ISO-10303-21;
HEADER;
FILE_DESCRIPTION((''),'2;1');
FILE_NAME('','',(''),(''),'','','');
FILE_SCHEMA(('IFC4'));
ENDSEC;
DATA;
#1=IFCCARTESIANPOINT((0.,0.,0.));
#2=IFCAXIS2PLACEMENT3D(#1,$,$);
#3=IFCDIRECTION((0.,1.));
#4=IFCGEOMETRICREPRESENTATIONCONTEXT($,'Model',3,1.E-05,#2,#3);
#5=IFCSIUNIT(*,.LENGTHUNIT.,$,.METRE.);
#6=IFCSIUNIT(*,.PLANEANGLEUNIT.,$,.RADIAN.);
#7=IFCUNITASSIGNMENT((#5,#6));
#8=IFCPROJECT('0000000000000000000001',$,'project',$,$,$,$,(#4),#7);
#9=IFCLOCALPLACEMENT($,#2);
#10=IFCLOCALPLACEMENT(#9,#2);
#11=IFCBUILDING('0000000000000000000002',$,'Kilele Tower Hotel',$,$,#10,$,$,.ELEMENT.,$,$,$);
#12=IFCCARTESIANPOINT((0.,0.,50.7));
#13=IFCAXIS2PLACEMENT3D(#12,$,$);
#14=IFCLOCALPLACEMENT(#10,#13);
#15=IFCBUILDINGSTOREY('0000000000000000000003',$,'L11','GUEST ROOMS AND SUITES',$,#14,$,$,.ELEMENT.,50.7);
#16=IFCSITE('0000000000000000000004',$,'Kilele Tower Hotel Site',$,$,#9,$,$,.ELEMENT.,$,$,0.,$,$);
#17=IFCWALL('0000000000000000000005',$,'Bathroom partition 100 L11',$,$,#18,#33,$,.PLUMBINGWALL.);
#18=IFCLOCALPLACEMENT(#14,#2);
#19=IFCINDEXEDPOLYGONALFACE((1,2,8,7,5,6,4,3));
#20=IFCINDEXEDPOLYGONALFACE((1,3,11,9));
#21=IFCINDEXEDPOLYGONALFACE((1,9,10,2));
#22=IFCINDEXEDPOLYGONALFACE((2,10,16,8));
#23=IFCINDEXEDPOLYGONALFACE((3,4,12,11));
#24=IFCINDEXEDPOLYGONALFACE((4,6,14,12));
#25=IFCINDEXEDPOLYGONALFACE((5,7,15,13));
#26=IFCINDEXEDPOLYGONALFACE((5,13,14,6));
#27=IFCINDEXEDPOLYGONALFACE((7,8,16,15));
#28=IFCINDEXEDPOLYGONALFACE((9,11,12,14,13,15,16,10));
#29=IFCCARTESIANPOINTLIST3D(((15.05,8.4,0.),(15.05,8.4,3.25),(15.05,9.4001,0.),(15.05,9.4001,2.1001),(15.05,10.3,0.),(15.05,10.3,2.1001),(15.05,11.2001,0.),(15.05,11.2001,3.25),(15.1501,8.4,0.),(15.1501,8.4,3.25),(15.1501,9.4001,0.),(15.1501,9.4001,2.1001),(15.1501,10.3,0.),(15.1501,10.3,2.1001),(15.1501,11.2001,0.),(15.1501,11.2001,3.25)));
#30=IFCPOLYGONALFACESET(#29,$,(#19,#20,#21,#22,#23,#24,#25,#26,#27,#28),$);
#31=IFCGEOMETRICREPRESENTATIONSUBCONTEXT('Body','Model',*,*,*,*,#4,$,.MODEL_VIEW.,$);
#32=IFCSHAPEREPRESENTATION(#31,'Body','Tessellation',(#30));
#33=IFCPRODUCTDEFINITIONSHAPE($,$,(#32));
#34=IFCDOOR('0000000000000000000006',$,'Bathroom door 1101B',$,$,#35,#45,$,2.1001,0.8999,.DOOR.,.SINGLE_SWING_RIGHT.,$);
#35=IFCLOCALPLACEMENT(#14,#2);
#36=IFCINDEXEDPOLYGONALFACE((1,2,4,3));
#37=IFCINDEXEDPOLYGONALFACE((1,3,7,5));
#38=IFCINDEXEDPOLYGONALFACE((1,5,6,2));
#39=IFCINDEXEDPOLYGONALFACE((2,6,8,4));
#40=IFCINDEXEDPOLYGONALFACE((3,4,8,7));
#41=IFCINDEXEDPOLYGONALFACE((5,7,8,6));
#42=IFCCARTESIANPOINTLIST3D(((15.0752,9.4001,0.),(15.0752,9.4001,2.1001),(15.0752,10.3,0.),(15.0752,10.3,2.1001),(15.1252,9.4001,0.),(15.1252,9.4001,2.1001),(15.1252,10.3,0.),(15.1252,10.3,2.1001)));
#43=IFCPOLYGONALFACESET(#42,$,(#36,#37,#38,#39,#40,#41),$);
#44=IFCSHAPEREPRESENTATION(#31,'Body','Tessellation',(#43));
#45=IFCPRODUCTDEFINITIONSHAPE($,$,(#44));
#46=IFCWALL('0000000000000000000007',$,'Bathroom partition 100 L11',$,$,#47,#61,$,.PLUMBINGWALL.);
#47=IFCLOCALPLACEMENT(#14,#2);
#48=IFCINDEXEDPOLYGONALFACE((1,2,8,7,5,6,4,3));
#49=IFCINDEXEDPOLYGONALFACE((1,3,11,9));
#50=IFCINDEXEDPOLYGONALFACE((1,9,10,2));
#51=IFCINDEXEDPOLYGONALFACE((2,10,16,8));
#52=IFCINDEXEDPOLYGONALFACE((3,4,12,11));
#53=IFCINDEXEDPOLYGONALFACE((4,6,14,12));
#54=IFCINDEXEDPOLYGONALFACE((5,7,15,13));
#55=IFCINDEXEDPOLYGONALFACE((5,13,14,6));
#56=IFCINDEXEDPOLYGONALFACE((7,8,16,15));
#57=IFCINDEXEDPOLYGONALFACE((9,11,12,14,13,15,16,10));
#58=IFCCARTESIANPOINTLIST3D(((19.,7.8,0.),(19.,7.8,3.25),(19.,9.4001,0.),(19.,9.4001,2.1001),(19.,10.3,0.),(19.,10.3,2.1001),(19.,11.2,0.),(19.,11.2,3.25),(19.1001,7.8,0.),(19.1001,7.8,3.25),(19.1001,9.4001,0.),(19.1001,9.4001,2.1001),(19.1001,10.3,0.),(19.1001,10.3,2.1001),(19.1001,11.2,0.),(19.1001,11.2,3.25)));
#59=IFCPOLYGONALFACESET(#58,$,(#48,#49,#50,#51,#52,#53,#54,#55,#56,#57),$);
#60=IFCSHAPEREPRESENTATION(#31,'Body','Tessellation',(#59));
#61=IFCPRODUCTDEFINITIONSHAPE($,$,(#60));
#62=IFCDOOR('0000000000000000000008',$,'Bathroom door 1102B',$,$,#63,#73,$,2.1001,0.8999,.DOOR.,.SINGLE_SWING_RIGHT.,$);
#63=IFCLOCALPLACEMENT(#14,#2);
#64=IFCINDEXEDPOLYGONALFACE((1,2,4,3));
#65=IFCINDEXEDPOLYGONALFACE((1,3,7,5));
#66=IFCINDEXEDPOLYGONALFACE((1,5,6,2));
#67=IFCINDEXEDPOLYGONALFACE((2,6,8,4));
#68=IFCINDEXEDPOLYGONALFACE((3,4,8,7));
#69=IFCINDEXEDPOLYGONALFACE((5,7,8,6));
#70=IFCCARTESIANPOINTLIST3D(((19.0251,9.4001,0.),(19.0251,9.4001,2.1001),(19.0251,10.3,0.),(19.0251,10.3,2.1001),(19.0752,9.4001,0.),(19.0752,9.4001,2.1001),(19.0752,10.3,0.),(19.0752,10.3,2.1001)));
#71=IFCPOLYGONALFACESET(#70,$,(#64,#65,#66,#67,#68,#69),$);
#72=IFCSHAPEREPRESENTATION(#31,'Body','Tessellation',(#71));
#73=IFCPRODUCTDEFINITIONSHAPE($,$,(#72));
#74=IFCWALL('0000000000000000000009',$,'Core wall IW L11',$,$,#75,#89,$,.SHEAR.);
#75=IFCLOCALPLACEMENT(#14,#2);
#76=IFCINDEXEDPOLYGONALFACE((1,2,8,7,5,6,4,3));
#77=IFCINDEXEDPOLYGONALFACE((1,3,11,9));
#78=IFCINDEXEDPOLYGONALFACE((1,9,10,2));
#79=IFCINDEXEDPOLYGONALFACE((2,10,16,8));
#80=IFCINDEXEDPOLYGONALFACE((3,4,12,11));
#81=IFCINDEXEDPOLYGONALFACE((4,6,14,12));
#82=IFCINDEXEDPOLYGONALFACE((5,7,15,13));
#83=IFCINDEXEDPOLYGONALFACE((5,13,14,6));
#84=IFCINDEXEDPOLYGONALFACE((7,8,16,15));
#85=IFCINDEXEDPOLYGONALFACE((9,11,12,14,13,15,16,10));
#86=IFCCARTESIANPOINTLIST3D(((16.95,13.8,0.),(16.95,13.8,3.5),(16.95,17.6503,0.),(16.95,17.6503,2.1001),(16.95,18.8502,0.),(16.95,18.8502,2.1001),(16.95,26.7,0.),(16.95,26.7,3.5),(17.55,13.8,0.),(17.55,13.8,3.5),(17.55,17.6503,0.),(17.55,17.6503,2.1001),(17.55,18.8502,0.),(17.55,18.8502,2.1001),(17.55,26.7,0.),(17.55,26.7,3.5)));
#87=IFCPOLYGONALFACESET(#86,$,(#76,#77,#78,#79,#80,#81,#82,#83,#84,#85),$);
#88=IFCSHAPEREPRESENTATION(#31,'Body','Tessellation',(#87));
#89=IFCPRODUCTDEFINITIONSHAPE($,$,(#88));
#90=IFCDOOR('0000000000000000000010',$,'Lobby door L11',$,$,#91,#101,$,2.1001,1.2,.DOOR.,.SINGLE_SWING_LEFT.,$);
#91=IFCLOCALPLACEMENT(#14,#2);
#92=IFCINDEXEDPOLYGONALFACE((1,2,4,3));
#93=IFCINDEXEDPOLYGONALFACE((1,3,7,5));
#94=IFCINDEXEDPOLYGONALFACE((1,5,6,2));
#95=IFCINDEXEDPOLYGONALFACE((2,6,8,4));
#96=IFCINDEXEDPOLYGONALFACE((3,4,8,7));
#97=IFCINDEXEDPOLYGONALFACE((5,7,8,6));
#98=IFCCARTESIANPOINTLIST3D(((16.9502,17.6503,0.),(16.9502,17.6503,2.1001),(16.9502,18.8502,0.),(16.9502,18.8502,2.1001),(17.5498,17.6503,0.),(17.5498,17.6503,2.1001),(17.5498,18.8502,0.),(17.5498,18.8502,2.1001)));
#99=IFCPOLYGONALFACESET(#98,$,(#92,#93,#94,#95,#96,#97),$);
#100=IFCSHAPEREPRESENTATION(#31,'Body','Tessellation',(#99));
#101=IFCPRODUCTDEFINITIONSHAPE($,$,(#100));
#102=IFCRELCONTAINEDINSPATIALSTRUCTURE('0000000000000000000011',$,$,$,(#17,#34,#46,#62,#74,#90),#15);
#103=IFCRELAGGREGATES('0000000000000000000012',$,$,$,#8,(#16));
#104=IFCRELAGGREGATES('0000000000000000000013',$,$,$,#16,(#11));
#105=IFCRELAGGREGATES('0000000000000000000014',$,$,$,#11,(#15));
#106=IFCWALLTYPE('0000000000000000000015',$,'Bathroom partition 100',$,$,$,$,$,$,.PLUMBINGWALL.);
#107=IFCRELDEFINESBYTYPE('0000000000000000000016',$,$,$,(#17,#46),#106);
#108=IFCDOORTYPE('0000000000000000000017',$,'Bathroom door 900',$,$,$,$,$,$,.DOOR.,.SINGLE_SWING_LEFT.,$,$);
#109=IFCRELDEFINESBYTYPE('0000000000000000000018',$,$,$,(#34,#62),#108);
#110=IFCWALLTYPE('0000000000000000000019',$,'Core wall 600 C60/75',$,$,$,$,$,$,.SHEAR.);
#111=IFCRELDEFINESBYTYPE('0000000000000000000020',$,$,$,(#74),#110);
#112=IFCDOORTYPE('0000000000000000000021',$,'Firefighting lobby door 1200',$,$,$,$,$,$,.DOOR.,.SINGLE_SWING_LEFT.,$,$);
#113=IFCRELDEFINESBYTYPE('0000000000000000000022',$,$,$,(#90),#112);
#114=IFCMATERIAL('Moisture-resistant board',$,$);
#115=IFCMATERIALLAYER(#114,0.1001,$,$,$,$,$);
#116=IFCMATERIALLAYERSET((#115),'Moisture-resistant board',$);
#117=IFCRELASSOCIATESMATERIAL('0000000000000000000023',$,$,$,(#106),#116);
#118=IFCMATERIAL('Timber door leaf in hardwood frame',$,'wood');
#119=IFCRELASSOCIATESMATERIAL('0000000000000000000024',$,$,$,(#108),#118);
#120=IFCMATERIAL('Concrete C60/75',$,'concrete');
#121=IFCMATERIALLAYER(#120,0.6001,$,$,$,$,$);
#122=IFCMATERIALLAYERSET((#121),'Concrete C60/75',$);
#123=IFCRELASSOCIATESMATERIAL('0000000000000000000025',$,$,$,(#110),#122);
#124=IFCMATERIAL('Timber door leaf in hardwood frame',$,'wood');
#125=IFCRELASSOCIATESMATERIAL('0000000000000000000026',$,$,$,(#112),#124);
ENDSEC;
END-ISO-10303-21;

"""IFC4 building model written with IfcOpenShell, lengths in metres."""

from ifc_helpers import new_model, si_unit, direction, frame, frame_2d, origin, place, context, subcontext, project, spatial, rectangle, extrude, material, layer, layer_set, type_object, element, fill, save


model = new_model("IFC4")

# Units and contexts
model_context = context("Model", 3, precision=1e-05, world=origin(), true_north=direction((0.0, 1.0)))
body_context = subcontext(model_context, "Body", "Model", "MODEL_VIEW")
ifc_project = project(units=[si_unit("LENGTHUNIT", "METRE"), si_unit("PLANEANGLEUNIT", "RADIAN")], contexts=[model_context])

# Site, building, storey
site_placement = place(None, origin())
site = spatial("IfcSite", under=ifc_project, at=site_placement, Name="Kilele Tower Hotel Site", CompositionType="ELEMENT", RefElevation=0.0)
building_placement = place(site_placement, origin())
building = spatial("IfcBuilding", under=site, at=building_placement, Name="Kilele Tower Hotel", CompositionType="ELEMENT")
storey_placement = place(building_placement, frame((0.0, 0.0, 50.7)))
storey = spatial("IfcBuildingStorey", under=building, at=storey_placement, Name="L11", Description="GUEST ROOMS AND SUITES", CompositionType="ELEMENT", Elevation=50.7)

# Walls, openings, doors
ifc_material_1 = material(Name="Moisture-resistant board")
ifc_layer_1 = layer(ifc_material_1, 0.1001)
ifc_layer_set_1 = layer_set([ifc_layer_1], Name="Moisture-resistant board")
wall_type_1 = type_object("IfcWallType", Name="Bathroom partition 100", PredefinedType="PLUMBINGWALL", material=ifc_layer_set_1)
wall_1_placement = place(storey_placement, frame((15.1001, 11.2, 0.0), z_axis=(0.0, 0.0, 1.0), x_axis=(0.0, -1.0, 0.0)))
wall_1 = element("IfcWall", 1, at=wall_1_placement, inside=storey, type_object=wall_type_1, Name="Bathroom partition 100 L11", PredefinedType="PLUMBINGWALL", context=body_context, shape_type="SweptSolid", body=[
    extrude(rectangle(XDim=2.8, YDim=0.1001, at=frame_2d((1.3999, 0.0))), origin(), (0.0, 0.0, 1.0), 3.25),
])
opening_1_placement = place(wall_1_placement, frame((1.7998, 0.0, 0.0), z_axis=(0.0, 0.0, 1.0), x_axis=(-1.0, 0.0, 0.0)))
opening_1 = element("IfcOpeningElement", 2, at=opening_1_placement, cuts=wall_1, PredefinedType="OPENING", context=body_context, shape_type="SweptSolid", body=[
    extrude(rectangle(XDim=0.8999, YDim=2.1001, at=frame_2d((0.45, 1.05))), frame((0.0, 0.0601, 0.0), z_axis=(0.0, -1.0, 0.0), x_axis=(1.0, 0.0, 0.0)), (0.0, 0.0, 1.0), 0.1201),
])
ifc_material_2 = material(Name="Timber door leaf in hardwood frame", Category="wood")
door_type_1 = type_object("IfcDoorType", Name="Bathroom door 900", OperationType="SINGLE_SWING_LEFT", PredefinedType="DOOR", material=ifc_material_2)
door_1_placement = place(opening_1_placement, origin())
door_1 = element("IfcDoor", 3, at=door_1_placement, inside=storey, type_object=door_type_1, Name="Bathroom door 1101B", OperationType="SINGLE_SWING_RIGHT", OverallHeight=2.1001, OverallWidth=0.8999, PredefinedType="DOOR", context=body_context, shape_type="SweptSolid", body=[
    extrude(rectangle(XDim=0.8999, YDim=2.1001, at=frame_2d((0.45, 1.05))), frame((0.0, 0.0249, 0.0), z_axis=(0.0, -1.0, 0.0), x_axis=(1.0, 0.0, 0.0)), (0.0, 0.0, 1.0), 0.05),
])
fill(opening_1, door_1)
wall_2_placement = place(storey_placement, frame((19.05, 11.2, 0.0), z_axis=(0.0, 0.0, 1.0), x_axis=(0.0, -1.0, 0.0)))
wall_2 = element("IfcWall", 4, at=wall_2_placement, inside=storey, type_object=wall_type_1, Name="Bathroom partition 100 L11", PredefinedType="PLUMBINGWALL", context=body_context, shape_type="SweptSolid", body=[
    extrude(rectangle(XDim=3.3999, YDim=0.1001, at=frame_2d((1.7, 0.0))), origin(), (0.0, 0.0, 1.0), 3.25),
])
opening_2_placement = place(wall_2_placement, frame((1.7998, 0.0, 0.0), z_axis=(0.0, 0.0, 1.0), x_axis=(-1.0, 0.0, 0.0)))
opening_2 = element("IfcOpeningElement", 5, at=opening_2_placement, cuts=wall_2, PredefinedType="OPENING", context=body_context, shape_type="SweptSolid", body=[
    extrude(rectangle(XDim=0.8999, YDim=2.1001, at=frame_2d((0.45, 1.05))), frame((0.0, 0.0601, 0.0), z_axis=(0.0, -1.0, 0.0), x_axis=(1.0, 0.0, 0.0)), (0.0, 0.0, 1.0), 0.1201),
])
door_2_placement = place(opening_2_placement, origin())
door_2 = element("IfcDoor", 6, at=door_2_placement, inside=storey, type_object=door_type_1, Name="Bathroom door 1102B", OperationType="SINGLE_SWING_RIGHT", OverallHeight=2.1001, OverallWidth=0.8999, PredefinedType="DOOR", context=body_context, shape_type="SweptSolid", body=[
    extrude(rectangle(XDim=0.8999, YDim=2.1001, at=frame_2d((0.45, 1.05))), frame((0.0, 0.0249, 0.0), z_axis=(0.0, -1.0, 0.0), x_axis=(1.0, 0.0, 0.0)), (0.0, 0.0, 1.0), 0.05),
])
fill(opening_2, door_2)
ifc_material_3 = material(Name="Concrete C60/75", Category="concrete")
ifc_layer_2 = layer(ifc_material_3, 0.6001)
ifc_layer_set_2 = layer_set([ifc_layer_2], Name="Concrete C60/75")
wall_type_2 = type_object("IfcWallType", Name="Core wall 600 C60/75", PredefinedType="SHEAR", material=ifc_layer_set_2)
wall_3_placement = place(storey_placement, frame((17.25, 13.8, 0.0), z_axis=(0.0, 0.0, 1.0), x_axis=(0.0, 1.0, 0.0)))
wall_3 = element("IfcWall", 7, at=wall_3_placement, inside=storey, type_object=wall_type_2, Name="Core wall IW L11", PredefinedType="SHEAR", context=body_context, shape_type="SweptSolid", body=[
    extrude(rectangle(XDim=12.8999, YDim=0.6001, at=frame_2d((6.45, 0.0))), origin(), (0.0, 0.0, 1.0), 3.5),
])
opening_3_placement = place(wall_3_placement, frame((3.8501, 0.0, 0.0)))
opening_3 = element("IfcOpeningElement", 8, at=opening_3_placement, cuts=wall_3, PredefinedType="OPENING", context=body_context, shape_type="SweptSolid", body=[
    extrude(rectangle(XDim=1.2, YDim=2.1001, at=frame_2d((0.6001, 1.05))), frame((0.0, 0.3101, 0.0), z_axis=(0.0, -1.0, 0.0), x_axis=(1.0, 0.0, 0.0)), (0.0, 0.0, 1.0), 0.6201),
])
ifc_material_4 = material(Name="Timber door leaf in hardwood frame", Category="wood")
door_type_2 = type_object("IfcDoorType", Name="Firefighting lobby door 1200", OperationType="SINGLE_SWING_LEFT", PredefinedType="DOOR", material=ifc_material_4)
door_3_placement = place(opening_3_placement, origin())
door_3 = element("IfcDoor", 9, at=door_3_placement, inside=storey, type_object=door_type_2, Name="Lobby door L11", OperationType="SINGLE_SWING_LEFT", OverallHeight=2.1001, OverallWidth=1.2, PredefinedType="DOOR", context=body_context, shape_type="SweptSolid", body=[
    extrude(rectangle(XDim=1.2, YDim=2.1001, at=frame_2d((0.6001, 1.05))), frame((0.0, 0.2998, 0.0), z_axis=(0.0, -1.0, 0.0), x_axis=(1.0, 0.0, 0.0)), (0.0, 0.0, 1.0), 0.5996),
])
fill(opening_3, door_3)

save(model, "model.ifc")
